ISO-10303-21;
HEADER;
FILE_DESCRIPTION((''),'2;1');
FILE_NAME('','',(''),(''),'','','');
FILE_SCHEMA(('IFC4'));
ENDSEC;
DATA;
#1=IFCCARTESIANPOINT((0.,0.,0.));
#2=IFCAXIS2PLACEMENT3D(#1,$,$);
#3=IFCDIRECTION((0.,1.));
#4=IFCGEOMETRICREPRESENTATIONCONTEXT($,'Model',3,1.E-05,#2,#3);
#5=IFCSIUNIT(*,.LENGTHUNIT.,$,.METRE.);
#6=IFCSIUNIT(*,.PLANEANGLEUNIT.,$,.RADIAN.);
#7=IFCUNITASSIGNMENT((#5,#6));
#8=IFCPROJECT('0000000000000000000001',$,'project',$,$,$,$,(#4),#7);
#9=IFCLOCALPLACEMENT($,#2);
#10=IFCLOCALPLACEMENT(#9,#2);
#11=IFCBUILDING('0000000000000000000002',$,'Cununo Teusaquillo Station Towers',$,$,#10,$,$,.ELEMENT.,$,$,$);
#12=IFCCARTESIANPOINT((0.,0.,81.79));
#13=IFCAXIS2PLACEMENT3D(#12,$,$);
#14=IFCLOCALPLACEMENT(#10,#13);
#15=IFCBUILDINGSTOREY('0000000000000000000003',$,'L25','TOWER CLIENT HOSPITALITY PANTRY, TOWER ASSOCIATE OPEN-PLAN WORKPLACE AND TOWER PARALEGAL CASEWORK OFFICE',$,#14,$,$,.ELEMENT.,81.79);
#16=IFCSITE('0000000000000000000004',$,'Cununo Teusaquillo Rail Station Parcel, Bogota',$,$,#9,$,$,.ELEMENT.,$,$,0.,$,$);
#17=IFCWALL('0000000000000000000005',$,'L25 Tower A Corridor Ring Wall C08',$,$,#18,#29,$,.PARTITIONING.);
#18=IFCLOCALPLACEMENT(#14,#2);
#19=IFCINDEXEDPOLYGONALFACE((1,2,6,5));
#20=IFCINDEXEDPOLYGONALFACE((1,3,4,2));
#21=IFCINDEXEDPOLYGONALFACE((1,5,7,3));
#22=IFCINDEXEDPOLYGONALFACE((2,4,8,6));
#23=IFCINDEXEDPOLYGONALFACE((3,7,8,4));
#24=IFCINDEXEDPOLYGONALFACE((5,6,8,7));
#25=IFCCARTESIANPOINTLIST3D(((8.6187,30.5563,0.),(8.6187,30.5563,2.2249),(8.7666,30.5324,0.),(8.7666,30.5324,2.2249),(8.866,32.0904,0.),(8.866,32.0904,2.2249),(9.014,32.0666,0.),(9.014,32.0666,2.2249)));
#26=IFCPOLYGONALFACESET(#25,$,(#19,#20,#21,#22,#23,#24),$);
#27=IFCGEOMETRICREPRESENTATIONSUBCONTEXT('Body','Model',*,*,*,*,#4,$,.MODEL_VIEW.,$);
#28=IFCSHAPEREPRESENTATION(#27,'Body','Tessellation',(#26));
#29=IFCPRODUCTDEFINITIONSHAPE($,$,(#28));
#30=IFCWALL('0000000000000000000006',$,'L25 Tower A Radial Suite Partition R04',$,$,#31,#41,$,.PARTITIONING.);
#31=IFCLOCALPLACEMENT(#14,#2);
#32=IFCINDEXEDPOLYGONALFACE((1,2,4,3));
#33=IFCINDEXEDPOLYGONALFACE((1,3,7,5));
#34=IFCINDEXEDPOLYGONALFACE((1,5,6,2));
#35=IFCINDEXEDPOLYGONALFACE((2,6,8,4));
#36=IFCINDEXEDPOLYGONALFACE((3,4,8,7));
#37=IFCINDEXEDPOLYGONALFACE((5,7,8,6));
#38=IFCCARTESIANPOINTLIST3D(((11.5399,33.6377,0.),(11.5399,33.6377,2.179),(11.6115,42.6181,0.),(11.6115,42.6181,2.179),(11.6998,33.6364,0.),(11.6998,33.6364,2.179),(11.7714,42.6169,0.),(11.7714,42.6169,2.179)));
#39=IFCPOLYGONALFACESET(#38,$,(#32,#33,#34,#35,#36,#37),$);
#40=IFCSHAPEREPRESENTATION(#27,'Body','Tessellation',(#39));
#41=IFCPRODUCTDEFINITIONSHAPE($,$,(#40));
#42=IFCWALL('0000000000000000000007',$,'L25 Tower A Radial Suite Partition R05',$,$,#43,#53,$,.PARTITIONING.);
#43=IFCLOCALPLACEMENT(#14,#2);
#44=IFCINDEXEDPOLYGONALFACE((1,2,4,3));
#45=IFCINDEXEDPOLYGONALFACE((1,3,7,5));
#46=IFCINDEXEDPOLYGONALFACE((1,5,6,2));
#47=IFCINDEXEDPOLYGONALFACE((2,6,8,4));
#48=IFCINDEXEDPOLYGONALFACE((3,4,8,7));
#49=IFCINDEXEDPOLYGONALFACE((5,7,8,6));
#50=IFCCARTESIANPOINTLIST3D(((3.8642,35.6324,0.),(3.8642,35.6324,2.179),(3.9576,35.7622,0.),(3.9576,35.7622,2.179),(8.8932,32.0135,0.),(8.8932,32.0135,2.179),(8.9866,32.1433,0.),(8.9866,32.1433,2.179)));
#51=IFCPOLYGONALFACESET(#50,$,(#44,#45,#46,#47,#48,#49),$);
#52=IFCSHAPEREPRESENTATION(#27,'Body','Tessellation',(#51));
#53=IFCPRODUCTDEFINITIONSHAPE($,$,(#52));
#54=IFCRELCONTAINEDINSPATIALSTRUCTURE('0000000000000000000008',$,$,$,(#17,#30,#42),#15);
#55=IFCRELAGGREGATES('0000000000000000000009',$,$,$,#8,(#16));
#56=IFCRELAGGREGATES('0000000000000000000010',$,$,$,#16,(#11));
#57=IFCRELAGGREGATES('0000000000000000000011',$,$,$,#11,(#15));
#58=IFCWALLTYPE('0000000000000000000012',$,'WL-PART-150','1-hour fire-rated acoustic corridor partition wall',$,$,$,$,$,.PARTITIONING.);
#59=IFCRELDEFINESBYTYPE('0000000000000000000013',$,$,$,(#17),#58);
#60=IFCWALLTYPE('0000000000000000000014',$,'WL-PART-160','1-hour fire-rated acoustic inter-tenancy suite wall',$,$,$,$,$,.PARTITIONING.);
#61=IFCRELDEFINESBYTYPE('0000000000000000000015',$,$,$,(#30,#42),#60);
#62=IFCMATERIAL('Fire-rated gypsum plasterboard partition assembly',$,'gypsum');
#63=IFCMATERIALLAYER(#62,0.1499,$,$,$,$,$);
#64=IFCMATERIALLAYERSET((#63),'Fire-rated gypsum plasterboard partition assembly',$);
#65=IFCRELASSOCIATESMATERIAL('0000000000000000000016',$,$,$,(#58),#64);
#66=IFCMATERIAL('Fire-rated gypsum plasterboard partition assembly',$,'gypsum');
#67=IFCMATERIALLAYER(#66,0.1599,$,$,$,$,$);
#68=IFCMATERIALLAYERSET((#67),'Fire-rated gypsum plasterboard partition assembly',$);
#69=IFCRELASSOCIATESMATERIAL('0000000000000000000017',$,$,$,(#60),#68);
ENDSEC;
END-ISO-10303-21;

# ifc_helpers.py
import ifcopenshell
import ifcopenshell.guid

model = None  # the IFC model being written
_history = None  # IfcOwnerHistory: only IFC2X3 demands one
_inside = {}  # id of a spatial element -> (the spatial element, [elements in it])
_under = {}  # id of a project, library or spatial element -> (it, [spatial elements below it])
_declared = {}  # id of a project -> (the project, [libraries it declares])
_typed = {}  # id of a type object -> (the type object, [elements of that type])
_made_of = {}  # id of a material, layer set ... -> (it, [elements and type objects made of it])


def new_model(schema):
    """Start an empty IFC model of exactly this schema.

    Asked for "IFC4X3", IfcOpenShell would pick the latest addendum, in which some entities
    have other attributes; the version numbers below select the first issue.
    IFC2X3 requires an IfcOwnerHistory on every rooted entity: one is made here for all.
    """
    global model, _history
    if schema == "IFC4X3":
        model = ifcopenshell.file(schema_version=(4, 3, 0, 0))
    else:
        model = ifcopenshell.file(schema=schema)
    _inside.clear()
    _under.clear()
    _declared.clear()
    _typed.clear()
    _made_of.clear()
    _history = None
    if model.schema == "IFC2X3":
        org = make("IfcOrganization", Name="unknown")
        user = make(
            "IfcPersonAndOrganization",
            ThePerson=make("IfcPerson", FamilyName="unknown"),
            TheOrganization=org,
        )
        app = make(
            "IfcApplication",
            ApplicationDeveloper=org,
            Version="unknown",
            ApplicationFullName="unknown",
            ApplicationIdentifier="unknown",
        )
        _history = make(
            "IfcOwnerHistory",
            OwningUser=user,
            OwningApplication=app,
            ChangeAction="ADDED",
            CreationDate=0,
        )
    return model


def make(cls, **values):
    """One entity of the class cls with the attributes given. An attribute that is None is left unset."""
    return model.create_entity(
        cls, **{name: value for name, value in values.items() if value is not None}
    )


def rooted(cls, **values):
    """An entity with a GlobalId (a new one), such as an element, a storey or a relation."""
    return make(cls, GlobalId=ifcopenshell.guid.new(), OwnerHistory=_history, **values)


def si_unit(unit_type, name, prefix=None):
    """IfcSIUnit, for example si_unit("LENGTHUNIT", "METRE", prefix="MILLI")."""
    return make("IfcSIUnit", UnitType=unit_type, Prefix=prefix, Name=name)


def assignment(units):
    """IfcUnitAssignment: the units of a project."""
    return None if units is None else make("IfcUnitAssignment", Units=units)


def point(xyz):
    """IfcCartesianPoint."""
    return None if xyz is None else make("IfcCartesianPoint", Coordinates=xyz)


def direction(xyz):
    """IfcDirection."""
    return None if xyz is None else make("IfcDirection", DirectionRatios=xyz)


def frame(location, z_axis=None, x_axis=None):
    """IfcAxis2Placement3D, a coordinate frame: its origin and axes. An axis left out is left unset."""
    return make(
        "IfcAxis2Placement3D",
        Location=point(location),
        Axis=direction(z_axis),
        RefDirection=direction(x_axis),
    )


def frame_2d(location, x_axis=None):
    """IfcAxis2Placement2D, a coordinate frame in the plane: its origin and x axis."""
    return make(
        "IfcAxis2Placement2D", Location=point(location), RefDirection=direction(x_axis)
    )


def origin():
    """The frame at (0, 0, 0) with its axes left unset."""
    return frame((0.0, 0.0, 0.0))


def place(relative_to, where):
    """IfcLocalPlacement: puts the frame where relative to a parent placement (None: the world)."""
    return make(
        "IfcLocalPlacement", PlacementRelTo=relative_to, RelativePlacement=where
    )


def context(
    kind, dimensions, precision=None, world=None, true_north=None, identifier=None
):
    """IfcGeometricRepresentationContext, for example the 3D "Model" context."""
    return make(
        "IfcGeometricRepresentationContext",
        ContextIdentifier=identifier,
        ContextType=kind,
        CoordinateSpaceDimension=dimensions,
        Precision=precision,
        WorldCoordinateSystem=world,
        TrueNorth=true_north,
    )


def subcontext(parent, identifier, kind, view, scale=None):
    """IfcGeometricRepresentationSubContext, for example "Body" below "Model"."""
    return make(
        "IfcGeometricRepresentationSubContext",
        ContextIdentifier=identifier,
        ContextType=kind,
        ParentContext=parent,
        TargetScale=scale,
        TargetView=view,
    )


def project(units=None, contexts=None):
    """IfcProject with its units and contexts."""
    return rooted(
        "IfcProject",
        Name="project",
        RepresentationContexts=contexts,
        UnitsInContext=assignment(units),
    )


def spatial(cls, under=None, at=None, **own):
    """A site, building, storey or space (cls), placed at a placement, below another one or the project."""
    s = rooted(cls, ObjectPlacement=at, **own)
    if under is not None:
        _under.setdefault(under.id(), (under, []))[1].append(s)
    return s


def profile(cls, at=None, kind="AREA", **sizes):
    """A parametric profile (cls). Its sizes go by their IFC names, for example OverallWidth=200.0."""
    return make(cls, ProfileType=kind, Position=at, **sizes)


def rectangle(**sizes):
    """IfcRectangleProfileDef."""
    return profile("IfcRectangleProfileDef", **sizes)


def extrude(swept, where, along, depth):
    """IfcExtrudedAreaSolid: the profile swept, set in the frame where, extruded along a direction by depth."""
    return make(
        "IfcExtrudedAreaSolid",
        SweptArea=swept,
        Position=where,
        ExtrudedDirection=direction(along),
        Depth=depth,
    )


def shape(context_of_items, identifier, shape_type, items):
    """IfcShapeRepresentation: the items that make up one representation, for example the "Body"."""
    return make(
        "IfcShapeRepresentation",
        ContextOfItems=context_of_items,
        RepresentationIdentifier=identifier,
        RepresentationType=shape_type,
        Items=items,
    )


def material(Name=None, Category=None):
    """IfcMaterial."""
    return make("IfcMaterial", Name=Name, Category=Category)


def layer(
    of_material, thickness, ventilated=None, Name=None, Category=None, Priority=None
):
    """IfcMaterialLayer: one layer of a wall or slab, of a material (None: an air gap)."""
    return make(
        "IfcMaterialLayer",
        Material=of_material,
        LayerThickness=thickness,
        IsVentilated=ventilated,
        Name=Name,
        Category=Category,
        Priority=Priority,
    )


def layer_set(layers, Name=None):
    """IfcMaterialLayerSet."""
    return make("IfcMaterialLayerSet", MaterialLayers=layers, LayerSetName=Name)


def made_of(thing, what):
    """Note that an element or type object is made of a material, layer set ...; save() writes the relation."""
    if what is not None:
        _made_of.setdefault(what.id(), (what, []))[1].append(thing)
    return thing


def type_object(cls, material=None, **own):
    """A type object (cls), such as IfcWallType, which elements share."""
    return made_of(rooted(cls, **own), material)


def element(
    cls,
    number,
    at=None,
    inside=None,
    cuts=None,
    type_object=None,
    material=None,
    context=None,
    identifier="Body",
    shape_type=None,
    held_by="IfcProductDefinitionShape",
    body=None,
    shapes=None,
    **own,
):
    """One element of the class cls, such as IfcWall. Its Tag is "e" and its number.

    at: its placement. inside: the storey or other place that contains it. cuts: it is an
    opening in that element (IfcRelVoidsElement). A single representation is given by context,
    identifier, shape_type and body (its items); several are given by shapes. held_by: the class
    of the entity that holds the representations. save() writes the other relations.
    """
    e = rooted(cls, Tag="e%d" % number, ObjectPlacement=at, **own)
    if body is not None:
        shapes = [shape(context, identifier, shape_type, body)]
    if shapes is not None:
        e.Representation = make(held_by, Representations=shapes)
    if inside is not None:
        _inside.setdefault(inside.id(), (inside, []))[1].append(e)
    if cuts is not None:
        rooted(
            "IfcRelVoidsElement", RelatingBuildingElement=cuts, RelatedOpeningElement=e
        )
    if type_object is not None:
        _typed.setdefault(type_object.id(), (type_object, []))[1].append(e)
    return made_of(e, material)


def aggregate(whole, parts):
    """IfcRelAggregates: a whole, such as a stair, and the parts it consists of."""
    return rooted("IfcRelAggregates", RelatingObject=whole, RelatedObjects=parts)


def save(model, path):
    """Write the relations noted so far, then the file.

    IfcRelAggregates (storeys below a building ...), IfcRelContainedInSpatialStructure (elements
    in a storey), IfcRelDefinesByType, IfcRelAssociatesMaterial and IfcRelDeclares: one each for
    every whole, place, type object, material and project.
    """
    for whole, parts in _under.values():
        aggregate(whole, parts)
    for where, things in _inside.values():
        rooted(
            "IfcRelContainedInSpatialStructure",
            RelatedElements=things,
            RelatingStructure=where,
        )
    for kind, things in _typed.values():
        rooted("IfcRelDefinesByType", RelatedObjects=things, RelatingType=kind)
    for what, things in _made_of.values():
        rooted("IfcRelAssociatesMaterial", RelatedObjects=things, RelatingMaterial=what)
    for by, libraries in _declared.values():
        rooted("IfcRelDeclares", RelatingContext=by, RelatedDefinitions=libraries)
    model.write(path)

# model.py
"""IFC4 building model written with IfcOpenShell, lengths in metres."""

from ifc_helpers import new_model, si_unit, direction, frame, frame_2d, origin, place, context, subcontext, project, spatial, rectangle, extrude, material, layer, layer_set, type_object, element, save


model = new_model("IFC4")

# Units and contexts
model_context = context("Model", 3, precision=1e-05, world=origin(), true_north=direction((0.0, 1.0)))
body_context = subcontext(model_context, "Body", "Model", "MODEL_VIEW")
ifc_project = project(units=[si_unit("LENGTHUNIT", "METRE"), si_unit("PLANEANGLEUNIT", "RADIAN")], contexts=[model_context])

# Site, building, storey
site_placement = place(None, origin())
site = spatial("IfcSite", under=ifc_project, at=site_placement, Name="Cununo Teusaquillo Rail Station Parcel, Bogota", CompositionType="ELEMENT", RefElevation=0.0)
building_placement = place(site_placement, origin())
building = spatial("IfcBuilding", under=site, at=building_placement, Name="Cununo Teusaquillo Station Towers", CompositionType="ELEMENT")
storey_placement = place(building_placement, frame((0.0, 0.0, 81.79)))
storey = spatial("IfcBuildingStorey", under=building, at=storey_placement, Name="L25", Description="TOWER CLIENT HOSPITALITY PANTRY, TOWER ASSOCIATE OPEN-PLAN WORKPLACE AND TOWER PARALEGAL CASEWORK OFFICE", CompositionType="ELEMENT", Elevation=81.79)

# Shared definitions
ifc_material_1 = material(Name="Fire-rated gypsum plasterboard partition assembly", Category="gypsum")
ifc_layer_1 = layer(ifc_material_1, 0.1499)
ifc_layer_set_1 = layer_set([ifc_layer_1], Name="Fire-rated gypsum plasterboard partition assembly")
wall_type_1 = type_object("IfcWallType", Name="WL-PART-150", Description="1-hour fire-rated acoustic corridor partition wall", PredefinedType="PARTITIONING", material=ifc_layer_set_1)

# Walls
wall_1_placement = place(storey_placement, frame((8.9399, 32.0784, 0.0), z_axis=(0.0, 0.0, 1.0), x_axis=(-0.159148, -0.987255, 0.0)))
element("IfcWall", 1, at=wall_1_placement, inside=storey, type_object=wall_type_1, Name="L25 Tower A Corridor Ring Wall C08", PredefinedType="PARTITIONING", context=body_context, shape_type="SweptSolid", body=[
    extrude(rectangle(XDim=1.554, YDim=0.1499, at=frame_2d((0.7769, 0.0))), origin(), (0.0, 0.0, 1.0), 2.2249),
])
ifc_material_2 = material(Name="Fire-rated gypsum plasterboard partition assembly", Category="gypsum")
ifc_layer_2 = layer(ifc_material_2, 0.1599)
ifc_layer_set_2 = layer_set([ifc_layer_2], Name="Fire-rated gypsum plasterboard partition assembly")
wall_type_2 = type_object("IfcWallType", Name="WL-PART-160", Description="1-hour fire-rated acoustic inter-tenancy suite wall", PredefinedType="PARTITIONING", material=ifc_layer_set_2)
wall_2_placement = place(storey_placement, frame((11.6199, 33.6372, 0.0), z_axis=(0.0, 0.0, 1.0), x_axis=(0.007965, 0.999968, 0.0)))
element("IfcWall", 2, at=wall_2_placement, inside=storey, type_object=wall_type_2, Name="L25 Tower A Radial Suite Partition R04", PredefinedType="PARTITIONING", context=body_context, shape_type="SweptSolid", body=[
    extrude(rectangle(XDim=8.9807, YDim=0.1599, at=frame_2d((4.4902, 0.0))), origin(), (0.0, 0.0, 1.0), 2.179),
])
wall_3_placement = place(storey_placement, frame((8.9399, 32.0784, 0.0), z_axis=(0.0, 0.0, 1.0), x_axis=(-0.811689, 0.58409, 0.0)))
element("IfcWall", 3, at=wall_3_placement, inside=storey, type_object=wall_type_2, Name="L25 Tower A Radial Suite Partition R05", PredefinedType="PARTITIONING", context=body_context, shape_type="SweptSolid", body=[
    extrude(rectangle(XDim=6.1958, YDim=0.1599, at=frame_2d((3.0979, 0.0))), origin(), (0.0, 0.0, 1.0), 2.179),
])

save(model, "model.ifc")
